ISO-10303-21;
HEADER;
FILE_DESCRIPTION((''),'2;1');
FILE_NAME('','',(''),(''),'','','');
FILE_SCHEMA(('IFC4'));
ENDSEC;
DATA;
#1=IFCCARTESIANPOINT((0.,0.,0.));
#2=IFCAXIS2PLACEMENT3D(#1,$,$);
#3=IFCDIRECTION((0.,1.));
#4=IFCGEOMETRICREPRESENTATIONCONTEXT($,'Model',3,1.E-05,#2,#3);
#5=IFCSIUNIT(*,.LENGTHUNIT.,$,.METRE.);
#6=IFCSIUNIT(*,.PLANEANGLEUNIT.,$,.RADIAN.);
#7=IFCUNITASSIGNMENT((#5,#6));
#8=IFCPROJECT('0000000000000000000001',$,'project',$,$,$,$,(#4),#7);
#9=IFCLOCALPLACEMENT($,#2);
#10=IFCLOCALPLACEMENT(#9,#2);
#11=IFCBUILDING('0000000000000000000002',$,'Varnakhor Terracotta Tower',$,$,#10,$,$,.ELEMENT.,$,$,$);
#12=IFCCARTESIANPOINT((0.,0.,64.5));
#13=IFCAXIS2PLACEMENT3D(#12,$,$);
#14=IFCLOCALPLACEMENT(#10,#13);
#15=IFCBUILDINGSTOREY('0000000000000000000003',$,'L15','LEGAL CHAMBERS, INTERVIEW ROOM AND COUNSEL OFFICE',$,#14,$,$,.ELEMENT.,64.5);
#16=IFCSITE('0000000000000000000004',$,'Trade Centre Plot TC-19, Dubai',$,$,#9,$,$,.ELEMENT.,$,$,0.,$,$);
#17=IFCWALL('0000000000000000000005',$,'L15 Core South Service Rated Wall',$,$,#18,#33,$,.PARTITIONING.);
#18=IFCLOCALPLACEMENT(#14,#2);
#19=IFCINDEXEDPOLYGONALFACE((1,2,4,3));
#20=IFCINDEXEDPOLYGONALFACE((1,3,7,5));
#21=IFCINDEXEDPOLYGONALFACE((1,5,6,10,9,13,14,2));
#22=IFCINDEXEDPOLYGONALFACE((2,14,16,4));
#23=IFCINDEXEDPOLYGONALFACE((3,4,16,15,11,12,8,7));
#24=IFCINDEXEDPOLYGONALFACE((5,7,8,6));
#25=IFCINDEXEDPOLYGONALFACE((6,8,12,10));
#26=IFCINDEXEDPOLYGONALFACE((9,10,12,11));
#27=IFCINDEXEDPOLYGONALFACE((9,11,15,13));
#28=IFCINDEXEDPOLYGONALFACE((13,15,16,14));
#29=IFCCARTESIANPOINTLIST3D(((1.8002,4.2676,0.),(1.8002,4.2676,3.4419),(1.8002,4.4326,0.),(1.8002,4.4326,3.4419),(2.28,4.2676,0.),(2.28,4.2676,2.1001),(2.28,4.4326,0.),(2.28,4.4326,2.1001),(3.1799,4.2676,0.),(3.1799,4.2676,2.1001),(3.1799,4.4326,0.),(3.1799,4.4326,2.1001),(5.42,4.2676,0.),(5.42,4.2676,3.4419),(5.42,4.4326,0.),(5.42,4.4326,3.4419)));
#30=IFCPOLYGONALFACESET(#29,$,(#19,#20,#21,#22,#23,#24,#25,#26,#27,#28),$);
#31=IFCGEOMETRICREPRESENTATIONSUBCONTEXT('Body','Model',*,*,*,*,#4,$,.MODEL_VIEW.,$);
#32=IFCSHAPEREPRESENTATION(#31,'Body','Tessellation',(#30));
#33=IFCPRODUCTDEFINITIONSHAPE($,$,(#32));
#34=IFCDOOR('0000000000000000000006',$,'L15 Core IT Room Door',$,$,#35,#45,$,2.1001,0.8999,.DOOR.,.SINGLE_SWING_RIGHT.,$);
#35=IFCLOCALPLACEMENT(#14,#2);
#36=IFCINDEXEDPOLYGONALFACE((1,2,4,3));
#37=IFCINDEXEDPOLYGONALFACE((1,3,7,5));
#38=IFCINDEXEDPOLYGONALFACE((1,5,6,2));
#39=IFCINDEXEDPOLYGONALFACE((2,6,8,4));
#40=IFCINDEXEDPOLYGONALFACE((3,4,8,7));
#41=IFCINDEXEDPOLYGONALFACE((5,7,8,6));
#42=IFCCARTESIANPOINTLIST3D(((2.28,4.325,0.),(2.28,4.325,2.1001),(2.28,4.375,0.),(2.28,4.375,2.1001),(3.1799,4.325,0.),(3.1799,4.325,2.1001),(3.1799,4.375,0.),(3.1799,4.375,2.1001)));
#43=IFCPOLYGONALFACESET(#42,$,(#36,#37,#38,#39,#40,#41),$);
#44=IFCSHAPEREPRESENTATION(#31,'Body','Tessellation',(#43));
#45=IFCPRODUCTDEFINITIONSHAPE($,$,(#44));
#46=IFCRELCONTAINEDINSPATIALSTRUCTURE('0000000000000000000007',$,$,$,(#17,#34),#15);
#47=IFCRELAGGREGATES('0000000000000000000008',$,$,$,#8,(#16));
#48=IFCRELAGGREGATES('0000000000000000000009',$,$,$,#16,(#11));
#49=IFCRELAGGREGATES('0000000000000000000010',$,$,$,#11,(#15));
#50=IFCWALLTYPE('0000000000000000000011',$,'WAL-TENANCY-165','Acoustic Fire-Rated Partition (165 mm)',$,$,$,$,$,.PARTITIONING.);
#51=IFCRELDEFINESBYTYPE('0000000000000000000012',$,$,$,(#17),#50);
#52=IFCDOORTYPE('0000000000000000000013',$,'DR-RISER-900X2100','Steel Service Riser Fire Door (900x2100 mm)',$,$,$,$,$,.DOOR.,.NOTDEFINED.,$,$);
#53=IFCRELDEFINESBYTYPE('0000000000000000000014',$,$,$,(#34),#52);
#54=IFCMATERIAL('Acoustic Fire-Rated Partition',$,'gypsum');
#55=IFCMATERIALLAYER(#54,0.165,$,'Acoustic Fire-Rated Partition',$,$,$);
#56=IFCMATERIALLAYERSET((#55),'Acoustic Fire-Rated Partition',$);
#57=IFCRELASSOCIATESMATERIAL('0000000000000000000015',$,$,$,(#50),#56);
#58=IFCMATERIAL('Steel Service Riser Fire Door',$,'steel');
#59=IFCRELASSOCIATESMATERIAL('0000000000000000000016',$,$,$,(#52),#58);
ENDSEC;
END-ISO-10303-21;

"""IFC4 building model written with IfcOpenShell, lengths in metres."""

from ifc_helpers import new_model, si_unit, direction, frame, frame_2d, origin, place, context, subcontext, project, spatial, rectangle, extrude, source, transform, mapped, material, layer, layer_set, type_object, type_shapes, element, fill, save


model = new_model("IFC4")

# Units and contexts
model_context = context("Model", 3, precision=1e-05, world=origin(), true_north=direction((0.0, 1.0)))
body_context = subcontext(model_context, "Body", "Model", "MODEL_VIEW")
ifc_project = project(units=[si_unit("LENGTHUNIT", "METRE"), si_unit("PLANEANGLEUNIT", "RADIAN")], contexts=[model_context])

# Site, building, storey
site_placement = place(None, origin())
site = spatial("IfcSite", under=ifc_project, at=site_placement, Name="Trade Centre Plot TC-19, Dubai", CompositionType="ELEMENT", RefElevation=0.0)
building_placement = place(site_placement, origin())
building = spatial("IfcBuilding", under=site, at=building_placement, Name="Varnakhor Terracotta Tower", CompositionType="ELEMENT")
storey_placement = place(building_placement, frame((0.0, 0.0, 64.5)))
storey = spatial("IfcBuildingStorey", under=building, at=storey_placement, Name="L15", Description="LEGAL CHAMBERS, INTERVIEW ROOM AND COUNSEL OFFICE", CompositionType="ELEMENT", Elevation=64.5)

# Shared definitions
ifc_material_1 = material(Name="Acoustic Fire-Rated Partition", Category="gypsum")
ifc_layer_1 = layer(ifc_material_1, 0.165, Name="Acoustic Fire-Rated Partition")
ifc_layer_set_1 = layer_set([ifc_layer_1], Name="Acoustic Fire-Rated Partition")
wall_type_1 = type_object("IfcWallType", Name="WAL-TENANCY-165", Description="Acoustic Fire-Rated Partition (165 mm)", PredefinedType="PARTITIONING", material=ifc_layer_set_1)

# Shared definitions
ifc_material_2 = material(Name="Steel Service Riser Fire Door", Category="steel")
door_type_1 = type_object("IfcDoorType", Name="DR-RISER-900X2100", Description="Steel Service Riser Fire Door (900x2100 mm)", OperationType="NOTDEFINED", PredefinedType="DOOR", material=ifc_material_2)
shared_shape_1 = source(origin(), body_context, "Body", "SweptSolid", [
    extrude(rectangle(XDim=0.8999, YDim=2.1001, at=frame_2d((0.45, 1.05))), frame((0.0, 0.0249, 0.0), z_axis=(0.0, -1.0, 0.0), x_axis=(1.0, 0.0, 0.0)), (0.0, 0.0, 1.0), 0.05),
])
type_shapes(door_type_1, [shared_shape_1])

# Wall, opening, door
wall_1_placement = place(storey_placement, frame((1.8, 4.3501, 0.0), z_axis=(0.0, 0.0, 1.0), x_axis=(1.0, 0.0, 0.0)))
wall_1 = element("IfcWall", 1, at=wall_1_placement, inside=storey, type_object=wall_type_1, Name="L15 Core South Service Rated Wall", PredefinedType="PARTITIONING", context=body_context, shape_type="SweptSolid", body=[
    extrude(rectangle(XDim=3.6199, YDim=0.165, at=frame_2d((1.8101, 0.0))), origin(), (0.0, 0.0, 1.0), 3.4419),
])
opening_1_placement = place(wall_1_placement, frame((0.48, 0.0, 0.0)))
opening_1 = element("IfcOpeningElement", 2, at=opening_1_placement, cuts=wall_1, PredefinedType="OPENING", context=body_context, shape_type="SweptSolid", body=[
    extrude(rectangle(XDim=0.8999, YDim=2.1001, at=frame_2d((0.45, 1.05))), frame((0.0, 0.0925, 0.0), z_axis=(0.0, -1.0, 0.0), x_axis=(1.0, 0.0, 0.0)), (0.0, 0.0, 1.0), 0.1851),
])
door_1_placement = place(opening_1_placement, origin())
door_1 = element("IfcDoor", 3, at=door_1_placement, inside=storey, type_object=door_type_1, Name="L15 Core IT Room Door", OperationType="SINGLE_SWING_RIGHT", OverallHeight=2.1001, OverallWidth=0.8999, PredefinedType="DOOR", context=body_context, shape_type="MappedRepresentation", body=[
    mapped(shared_shape_1, transform((0.0, 0.0, 0.0), scale=1.0)),
])
fill(opening_1, door_1)

save(model, "model.ifc")
